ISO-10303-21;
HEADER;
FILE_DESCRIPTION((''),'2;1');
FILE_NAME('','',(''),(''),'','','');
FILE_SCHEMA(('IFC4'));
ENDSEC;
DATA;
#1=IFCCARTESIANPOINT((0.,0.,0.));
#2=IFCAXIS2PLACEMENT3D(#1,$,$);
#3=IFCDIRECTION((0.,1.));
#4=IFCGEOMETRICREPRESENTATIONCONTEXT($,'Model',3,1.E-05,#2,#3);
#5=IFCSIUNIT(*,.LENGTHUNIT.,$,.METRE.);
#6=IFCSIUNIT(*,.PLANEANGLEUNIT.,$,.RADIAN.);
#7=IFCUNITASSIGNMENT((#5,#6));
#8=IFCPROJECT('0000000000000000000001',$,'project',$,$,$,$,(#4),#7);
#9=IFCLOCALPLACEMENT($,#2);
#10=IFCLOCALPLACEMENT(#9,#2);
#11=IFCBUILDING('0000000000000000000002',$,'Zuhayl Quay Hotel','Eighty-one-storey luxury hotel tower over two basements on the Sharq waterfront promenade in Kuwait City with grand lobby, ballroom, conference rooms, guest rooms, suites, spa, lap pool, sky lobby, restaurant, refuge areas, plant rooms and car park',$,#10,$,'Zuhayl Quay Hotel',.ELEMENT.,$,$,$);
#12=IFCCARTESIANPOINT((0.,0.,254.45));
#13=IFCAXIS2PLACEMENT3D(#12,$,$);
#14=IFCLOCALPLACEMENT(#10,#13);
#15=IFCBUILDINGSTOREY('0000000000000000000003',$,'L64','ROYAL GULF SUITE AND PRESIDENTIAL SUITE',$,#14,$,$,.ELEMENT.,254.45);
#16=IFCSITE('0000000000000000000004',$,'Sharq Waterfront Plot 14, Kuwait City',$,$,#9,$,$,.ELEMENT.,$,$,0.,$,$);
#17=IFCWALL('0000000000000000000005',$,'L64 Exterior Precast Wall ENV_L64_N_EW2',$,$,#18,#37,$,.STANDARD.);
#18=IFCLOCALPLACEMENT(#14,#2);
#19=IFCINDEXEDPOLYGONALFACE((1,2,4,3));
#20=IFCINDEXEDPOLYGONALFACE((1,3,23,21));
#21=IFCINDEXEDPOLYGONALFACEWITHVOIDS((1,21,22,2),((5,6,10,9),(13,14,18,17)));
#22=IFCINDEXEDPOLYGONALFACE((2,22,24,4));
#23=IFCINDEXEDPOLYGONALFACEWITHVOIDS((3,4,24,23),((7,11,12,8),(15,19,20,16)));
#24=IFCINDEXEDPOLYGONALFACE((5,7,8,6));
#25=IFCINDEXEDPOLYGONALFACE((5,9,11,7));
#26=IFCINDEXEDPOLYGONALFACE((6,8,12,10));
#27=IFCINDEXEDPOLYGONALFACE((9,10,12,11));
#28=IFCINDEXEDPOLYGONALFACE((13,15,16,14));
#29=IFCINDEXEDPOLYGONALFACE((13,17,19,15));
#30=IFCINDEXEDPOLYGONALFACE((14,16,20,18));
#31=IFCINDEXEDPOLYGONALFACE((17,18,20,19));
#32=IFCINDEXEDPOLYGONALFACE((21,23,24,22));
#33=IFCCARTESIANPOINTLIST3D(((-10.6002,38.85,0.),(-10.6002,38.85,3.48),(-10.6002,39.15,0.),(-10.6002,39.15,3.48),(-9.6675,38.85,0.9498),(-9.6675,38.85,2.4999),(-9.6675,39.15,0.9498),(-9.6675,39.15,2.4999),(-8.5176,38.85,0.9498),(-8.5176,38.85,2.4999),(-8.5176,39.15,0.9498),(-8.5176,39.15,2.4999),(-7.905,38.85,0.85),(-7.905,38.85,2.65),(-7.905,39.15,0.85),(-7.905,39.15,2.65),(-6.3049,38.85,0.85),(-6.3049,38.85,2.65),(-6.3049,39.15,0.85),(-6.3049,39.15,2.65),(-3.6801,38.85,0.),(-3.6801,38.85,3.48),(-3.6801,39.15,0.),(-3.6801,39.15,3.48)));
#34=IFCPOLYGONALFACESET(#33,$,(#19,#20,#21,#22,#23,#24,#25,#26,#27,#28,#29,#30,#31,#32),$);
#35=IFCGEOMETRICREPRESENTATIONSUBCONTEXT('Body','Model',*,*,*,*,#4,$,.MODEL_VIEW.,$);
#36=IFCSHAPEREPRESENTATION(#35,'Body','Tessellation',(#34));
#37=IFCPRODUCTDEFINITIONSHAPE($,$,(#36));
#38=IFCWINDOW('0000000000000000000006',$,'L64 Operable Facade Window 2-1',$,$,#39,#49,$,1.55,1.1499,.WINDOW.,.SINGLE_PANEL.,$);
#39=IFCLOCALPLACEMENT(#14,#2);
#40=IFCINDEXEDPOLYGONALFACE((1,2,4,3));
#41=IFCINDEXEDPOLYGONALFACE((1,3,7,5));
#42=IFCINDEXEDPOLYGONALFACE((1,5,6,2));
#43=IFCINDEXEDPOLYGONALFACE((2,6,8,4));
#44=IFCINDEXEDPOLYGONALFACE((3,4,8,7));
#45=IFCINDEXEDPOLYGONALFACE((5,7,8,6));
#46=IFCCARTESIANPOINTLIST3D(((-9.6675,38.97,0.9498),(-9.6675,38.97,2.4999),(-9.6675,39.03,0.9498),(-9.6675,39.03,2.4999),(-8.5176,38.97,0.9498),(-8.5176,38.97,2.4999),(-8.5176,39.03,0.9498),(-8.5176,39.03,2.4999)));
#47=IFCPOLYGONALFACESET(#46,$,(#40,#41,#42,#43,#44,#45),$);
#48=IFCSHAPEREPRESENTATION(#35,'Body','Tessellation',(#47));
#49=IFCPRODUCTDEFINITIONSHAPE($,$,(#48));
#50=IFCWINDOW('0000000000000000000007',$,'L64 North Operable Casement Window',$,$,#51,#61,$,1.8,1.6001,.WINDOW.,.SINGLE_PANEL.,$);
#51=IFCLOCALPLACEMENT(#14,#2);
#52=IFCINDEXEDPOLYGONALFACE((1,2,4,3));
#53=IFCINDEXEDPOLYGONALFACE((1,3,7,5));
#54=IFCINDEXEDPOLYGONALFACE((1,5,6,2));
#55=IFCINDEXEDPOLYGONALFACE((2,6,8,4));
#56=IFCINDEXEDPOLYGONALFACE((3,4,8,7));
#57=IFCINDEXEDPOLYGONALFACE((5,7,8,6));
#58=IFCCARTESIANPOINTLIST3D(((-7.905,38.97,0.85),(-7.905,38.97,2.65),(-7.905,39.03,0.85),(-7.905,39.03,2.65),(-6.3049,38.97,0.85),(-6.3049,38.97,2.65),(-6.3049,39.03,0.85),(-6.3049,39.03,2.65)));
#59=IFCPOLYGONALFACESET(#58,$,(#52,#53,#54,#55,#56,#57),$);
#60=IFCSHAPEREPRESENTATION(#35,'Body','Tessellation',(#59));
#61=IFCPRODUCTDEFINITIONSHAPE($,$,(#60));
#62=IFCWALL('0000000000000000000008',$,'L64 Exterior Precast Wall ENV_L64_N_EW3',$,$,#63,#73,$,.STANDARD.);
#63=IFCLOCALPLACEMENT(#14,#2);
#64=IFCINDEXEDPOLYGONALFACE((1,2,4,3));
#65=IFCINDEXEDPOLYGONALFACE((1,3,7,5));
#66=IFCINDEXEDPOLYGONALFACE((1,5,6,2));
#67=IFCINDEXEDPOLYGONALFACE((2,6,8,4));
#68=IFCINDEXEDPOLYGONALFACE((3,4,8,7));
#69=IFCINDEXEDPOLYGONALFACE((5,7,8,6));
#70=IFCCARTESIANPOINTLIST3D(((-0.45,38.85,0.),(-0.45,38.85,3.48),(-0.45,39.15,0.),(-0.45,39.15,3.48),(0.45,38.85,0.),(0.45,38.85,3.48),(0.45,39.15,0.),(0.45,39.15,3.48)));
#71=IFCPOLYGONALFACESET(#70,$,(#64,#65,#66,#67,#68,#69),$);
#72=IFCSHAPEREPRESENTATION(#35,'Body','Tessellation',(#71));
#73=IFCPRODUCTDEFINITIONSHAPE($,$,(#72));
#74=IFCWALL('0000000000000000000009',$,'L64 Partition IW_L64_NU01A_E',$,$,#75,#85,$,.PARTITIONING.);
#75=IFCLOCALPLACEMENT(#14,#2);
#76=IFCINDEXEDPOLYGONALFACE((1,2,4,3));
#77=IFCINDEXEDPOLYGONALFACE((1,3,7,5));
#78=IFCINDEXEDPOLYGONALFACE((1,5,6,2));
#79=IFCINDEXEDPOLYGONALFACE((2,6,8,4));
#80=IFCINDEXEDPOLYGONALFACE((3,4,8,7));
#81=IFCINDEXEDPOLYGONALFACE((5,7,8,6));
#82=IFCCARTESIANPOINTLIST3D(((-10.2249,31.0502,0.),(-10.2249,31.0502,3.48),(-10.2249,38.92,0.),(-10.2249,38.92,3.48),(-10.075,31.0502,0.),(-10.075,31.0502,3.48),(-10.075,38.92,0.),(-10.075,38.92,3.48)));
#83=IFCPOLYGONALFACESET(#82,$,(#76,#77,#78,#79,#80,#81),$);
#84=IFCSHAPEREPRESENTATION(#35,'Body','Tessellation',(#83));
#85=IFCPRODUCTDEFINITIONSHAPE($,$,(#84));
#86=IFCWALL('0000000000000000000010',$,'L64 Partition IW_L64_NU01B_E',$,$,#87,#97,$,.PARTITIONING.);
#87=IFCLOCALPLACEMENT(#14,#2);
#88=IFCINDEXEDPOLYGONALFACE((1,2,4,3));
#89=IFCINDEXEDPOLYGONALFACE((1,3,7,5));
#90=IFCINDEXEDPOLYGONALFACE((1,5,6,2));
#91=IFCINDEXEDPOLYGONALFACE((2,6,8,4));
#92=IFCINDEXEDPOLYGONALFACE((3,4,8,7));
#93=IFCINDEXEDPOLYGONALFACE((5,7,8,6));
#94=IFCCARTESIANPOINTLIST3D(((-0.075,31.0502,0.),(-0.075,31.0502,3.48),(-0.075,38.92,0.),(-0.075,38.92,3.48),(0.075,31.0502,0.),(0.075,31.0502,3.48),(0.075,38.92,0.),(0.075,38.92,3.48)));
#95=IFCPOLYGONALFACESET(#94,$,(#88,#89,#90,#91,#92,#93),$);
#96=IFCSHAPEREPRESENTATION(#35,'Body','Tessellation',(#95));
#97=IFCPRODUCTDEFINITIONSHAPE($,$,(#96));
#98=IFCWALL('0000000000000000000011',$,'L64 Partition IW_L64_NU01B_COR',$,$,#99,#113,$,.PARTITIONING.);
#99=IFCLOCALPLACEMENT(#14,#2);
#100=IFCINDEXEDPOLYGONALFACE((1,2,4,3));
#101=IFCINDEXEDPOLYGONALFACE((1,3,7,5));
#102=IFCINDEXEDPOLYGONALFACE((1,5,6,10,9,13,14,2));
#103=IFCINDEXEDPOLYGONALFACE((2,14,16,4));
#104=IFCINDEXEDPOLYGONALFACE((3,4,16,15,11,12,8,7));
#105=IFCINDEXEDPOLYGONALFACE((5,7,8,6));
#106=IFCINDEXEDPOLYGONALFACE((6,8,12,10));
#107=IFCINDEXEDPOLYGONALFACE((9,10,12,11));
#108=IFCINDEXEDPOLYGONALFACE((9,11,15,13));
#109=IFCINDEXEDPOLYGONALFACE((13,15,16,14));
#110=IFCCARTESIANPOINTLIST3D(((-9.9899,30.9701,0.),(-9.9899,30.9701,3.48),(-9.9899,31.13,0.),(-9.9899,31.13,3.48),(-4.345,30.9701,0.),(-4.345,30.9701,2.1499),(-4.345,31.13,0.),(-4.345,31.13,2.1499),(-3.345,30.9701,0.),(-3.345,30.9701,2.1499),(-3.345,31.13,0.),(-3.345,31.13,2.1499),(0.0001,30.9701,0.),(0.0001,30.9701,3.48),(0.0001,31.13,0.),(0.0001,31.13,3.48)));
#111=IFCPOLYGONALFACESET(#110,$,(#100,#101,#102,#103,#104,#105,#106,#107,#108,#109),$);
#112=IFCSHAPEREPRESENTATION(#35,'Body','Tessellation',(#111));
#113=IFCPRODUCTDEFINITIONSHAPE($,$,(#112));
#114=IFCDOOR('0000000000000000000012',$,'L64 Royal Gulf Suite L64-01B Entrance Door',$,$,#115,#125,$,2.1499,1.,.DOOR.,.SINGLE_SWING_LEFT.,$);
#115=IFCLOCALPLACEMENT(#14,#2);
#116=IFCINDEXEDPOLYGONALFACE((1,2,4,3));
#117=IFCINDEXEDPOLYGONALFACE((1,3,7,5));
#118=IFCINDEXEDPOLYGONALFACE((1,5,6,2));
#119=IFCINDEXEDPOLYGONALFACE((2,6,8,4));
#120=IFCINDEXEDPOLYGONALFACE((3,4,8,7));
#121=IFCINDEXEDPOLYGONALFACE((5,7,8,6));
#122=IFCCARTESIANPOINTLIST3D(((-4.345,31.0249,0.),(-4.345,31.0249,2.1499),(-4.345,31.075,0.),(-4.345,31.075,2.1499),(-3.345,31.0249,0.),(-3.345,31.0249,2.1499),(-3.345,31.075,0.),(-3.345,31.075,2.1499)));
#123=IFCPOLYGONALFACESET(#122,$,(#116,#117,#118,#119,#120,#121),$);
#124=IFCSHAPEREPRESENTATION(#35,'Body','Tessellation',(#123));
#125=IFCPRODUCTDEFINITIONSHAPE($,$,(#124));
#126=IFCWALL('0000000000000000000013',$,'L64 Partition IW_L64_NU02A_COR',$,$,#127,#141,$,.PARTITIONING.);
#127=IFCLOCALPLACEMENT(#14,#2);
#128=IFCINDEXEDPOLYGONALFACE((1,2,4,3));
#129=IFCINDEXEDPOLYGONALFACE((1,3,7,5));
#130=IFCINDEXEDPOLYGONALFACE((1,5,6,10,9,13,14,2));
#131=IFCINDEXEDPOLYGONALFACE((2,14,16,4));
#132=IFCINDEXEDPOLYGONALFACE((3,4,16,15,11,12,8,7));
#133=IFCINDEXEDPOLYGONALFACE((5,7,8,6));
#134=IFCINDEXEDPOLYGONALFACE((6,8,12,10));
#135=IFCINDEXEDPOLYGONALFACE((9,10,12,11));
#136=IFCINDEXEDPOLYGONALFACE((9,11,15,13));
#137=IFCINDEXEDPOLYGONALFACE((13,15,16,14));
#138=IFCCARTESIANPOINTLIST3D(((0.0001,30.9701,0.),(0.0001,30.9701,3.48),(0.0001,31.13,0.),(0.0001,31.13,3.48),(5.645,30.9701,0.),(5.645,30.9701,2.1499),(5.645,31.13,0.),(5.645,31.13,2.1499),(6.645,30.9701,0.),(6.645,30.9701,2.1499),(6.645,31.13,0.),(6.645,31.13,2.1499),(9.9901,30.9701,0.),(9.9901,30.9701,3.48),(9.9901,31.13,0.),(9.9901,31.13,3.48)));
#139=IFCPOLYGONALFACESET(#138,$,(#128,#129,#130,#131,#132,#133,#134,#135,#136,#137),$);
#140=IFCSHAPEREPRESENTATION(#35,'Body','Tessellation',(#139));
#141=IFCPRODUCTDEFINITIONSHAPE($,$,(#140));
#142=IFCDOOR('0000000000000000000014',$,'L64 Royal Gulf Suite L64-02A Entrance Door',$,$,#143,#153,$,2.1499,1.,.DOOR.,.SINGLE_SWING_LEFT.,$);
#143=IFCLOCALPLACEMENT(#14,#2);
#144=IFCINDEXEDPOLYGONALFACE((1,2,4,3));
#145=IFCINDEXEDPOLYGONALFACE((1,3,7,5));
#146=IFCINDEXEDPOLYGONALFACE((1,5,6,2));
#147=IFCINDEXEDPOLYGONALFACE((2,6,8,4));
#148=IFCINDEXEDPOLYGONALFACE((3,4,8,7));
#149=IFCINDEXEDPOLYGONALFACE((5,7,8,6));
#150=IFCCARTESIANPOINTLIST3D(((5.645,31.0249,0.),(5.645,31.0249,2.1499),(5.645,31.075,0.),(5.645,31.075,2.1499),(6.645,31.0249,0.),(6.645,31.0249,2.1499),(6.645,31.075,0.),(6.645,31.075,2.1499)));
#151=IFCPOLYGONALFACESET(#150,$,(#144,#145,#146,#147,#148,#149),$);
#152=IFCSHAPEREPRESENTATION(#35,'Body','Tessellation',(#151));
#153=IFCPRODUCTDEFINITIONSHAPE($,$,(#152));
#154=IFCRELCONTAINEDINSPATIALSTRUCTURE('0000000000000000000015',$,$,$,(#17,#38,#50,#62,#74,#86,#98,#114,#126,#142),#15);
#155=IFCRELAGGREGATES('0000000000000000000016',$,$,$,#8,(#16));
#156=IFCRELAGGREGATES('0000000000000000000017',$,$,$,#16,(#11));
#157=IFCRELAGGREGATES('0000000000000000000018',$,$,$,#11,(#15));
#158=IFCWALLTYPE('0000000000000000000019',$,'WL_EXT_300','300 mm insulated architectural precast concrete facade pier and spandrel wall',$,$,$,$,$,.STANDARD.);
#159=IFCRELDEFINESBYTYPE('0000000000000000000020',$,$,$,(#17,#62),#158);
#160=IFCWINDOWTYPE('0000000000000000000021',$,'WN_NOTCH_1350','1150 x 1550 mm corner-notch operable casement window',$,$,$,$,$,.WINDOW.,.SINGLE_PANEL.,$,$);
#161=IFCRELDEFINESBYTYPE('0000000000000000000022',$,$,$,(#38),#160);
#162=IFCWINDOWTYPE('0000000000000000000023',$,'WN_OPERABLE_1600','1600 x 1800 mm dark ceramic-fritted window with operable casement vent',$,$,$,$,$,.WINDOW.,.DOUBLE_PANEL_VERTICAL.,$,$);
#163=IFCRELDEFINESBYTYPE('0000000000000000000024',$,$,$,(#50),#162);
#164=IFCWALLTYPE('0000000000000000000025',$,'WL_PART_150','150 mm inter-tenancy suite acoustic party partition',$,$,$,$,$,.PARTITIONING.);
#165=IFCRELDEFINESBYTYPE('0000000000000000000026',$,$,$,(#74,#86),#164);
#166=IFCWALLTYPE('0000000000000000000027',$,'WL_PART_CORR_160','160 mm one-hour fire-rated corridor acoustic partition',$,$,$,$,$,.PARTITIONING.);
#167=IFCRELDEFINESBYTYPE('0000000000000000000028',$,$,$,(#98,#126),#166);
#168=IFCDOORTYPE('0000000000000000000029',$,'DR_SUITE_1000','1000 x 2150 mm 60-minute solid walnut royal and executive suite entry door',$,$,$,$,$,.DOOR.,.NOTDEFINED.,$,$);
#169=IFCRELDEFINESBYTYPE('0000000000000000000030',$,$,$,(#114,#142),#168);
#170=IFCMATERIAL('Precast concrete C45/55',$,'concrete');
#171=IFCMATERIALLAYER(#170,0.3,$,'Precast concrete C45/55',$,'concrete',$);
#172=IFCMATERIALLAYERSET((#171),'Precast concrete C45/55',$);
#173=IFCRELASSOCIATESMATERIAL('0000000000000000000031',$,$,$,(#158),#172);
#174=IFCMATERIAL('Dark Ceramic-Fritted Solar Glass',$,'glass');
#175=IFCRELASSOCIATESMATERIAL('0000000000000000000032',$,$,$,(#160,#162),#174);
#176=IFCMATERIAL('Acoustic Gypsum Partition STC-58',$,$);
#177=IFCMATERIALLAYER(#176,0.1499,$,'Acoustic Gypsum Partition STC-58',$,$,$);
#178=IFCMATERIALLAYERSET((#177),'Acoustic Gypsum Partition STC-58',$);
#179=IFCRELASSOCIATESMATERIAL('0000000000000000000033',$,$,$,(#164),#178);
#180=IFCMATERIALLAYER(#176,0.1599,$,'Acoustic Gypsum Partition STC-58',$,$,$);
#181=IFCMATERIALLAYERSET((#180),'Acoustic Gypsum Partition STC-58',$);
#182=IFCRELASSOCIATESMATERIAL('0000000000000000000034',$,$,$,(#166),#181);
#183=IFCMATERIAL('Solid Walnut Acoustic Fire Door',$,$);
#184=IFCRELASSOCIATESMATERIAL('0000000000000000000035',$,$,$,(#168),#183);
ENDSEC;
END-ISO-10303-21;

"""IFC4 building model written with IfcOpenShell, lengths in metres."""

from ifc_helpers import new_model, si_unit, direction, frame, frame_2d, origin, place, context, subcontext, project, spatial, rectangle, extrude, material, layer, layer_set, type_object, element, fill, save


model = new_model("IFC4")

# Units and contexts
model_context = context("Model", 3, precision=1e-05, world=origin(), true_north=direction((0.0, 1.0)))
body_context = subcontext(model_context, "Body", "Model", "MODEL_VIEW")
ifc_project = project(units=[si_unit("LENGTHUNIT", "METRE"), si_unit("PLANEANGLEUNIT", "RADIAN")], contexts=[model_context])

# Site, building, storey
site_placement = place(None, origin())
site = spatial("IfcSite", under=ifc_project, at=site_placement, Name="Sharq Waterfront Plot 14, Kuwait City", CompositionType="ELEMENT", RefElevation=0.0)
building_placement = place(site_placement, origin())
building = spatial("IfcBuilding", under=site, at=building_placement, Name="Zuhayl Quay Hotel", Description="Eighty-one-storey luxury hotel tower over two basements on the Sharq waterfront promenade in Kuwait City with grand lobby, ballroom, conference rooms, guest rooms, suites, spa, lap pool, sky lobby, restaurant, refuge areas, plant rooms and car park", LongName="Zuhayl Quay Hotel", CompositionType="ELEMENT")
storey_placement = place(building_placement, frame((0.0, 0.0, 254.45)))
storey = spatial("IfcBuildingStorey", under=building, at=storey_placement, Name="L64", Description="ROYAL GULF SUITE AND PRESIDENTIAL SUITE", CompositionType="ELEMENT", Elevation=254.45)

# Shared definitions
ifc_material_1 = material(Name="Dark Ceramic-Fritted Solar Glass", Category="glass")

# Wall, openings, windows
ifc_material_2 = material(Name="Precast concrete C45/55", Category="concrete")
ifc_layer_1 = layer(ifc_material_2, 0.3, Name="Precast concrete C45/55", Category="concrete")
ifc_layer_set_1 = layer_set([ifc_layer_1], Name="Precast concrete C45/55")
wall_type_1 = type_object("IfcWallType", Name="WL_EXT_300", Description="300 mm insulated architectural precast concrete facade pier and spandrel wall", PredefinedType="STANDARD", material=ifc_layer_set_1)
wall_1_placement = place(storey_placement, frame((-10.6001, 39.0, 0.0), z_axis=(0.0, 0.0, 1.0), x_axis=(1.0, 0.0, 0.0)))
wall_1 = element("IfcWall", 1, at=wall_1_placement, inside=storey, type_object=wall_type_1, Name="L64 Exterior Precast Wall ENV_L64_N_EW2", PredefinedType="STANDARD", context=body_context, shape_type="SweptSolid", body=[
    extrude(rectangle(XDim=6.9202, YDim=0.3, at=frame_2d((3.46, 0.0))), origin(), (0.0, 0.0, 1.0), 3.48),
])
opening_1_placement = place(wall_1_placement, frame((2.6951, 0.0, 0.8501)))
opening_1 = element("IfcOpeningElement", 2, at=opening_1_placement, cuts=wall_1, PredefinedType="OPENING", context=body_context, shape_type="SweptSolid", body=[
    extrude(rectangle(XDim=1.6001, YDim=1.8, at=frame_2d((0.8, 0.8999))), frame((0.0, 0.1599, 0.0), z_axis=(0.0, -1.0, 0.0), x_axis=(1.0, 0.0, 0.0)), (0.0, 0.0, 1.0), 0.3201),
])
opening_2_placement = place(wall_1_placement, frame((0.9326, 0.0, 0.95)))
opening_2 = element("IfcOpeningElement", 3, at=opening_2_placement, cuts=wall_1, PredefinedType="OPENING", context=body_context, shape_type="SweptSolid", body=[
    extrude(rectangle(XDim=1.1499, YDim=1.55, at=frame_2d((0.575, 0.7749))), frame((0.0, 0.1599, 0.0), z_axis=(0.0, -1.0, 0.0), x_axis=(1.0, 0.0, 0.0)), (0.0, 0.0, 1.0), 0.3201),
])
window_type_1 = type_object("IfcWindowType", Name="WN_NOTCH_1350", Description="1150 x 1550 mm corner-notch operable casement window", PartitioningType="SINGLE_PANEL", PredefinedType="WINDOW", material=ifc_material_1)
window_1_placement = place(opening_2_placement, origin())
window_1 = element("IfcWindow", 4, at=window_1_placement, inside=storey, type_object=window_type_1, Name="L64 Operable Facade Window 2-1", OverallHeight=1.55, OverallWidth=1.1499, PartitioningType="SINGLE_PANEL", PredefinedType="WINDOW", context=body_context, shape_type="SweptSolid", body=[
    extrude(rectangle(XDim=1.1499, YDim=1.55, at=frame_2d((0.575, 0.7749))), frame((0.0, 0.03, 0.0), z_axis=(0.0, -1.0, 0.0), x_axis=(1.0, 0.0, 0.0)), (0.0, 0.0, 1.0), 0.0601),
])
fill(opening_2, window_1)
window_type_2 = type_object("IfcWindowType", Name="WN_OPERABLE_1600", Description="1600 x 1800 mm dark ceramic-fritted window with operable casement vent", PartitioningType="DOUBLE_PANEL_VERTICAL", PredefinedType="WINDOW", material=ifc_material_1)
window_2_placement = place(opening_1_placement, origin())
window_2 = element("IfcWindow", 5, at=window_2_placement, inside=storey, type_object=window_type_2, Name="L64 North Operable Casement Window", OverallHeight=1.8, OverallWidth=1.6001, PartitioningType="SINGLE_PANEL", PredefinedType="WINDOW", context=body_context, shape_type="SweptSolid", body=[
    extrude(rectangle(XDim=1.6001, YDim=1.8, at=frame_2d((0.8, 0.8999))), frame((0.0, 0.03, 0.0), z_axis=(0.0, -1.0, 0.0), x_axis=(1.0, 0.0, 0.0)), (0.0, 0.0, 1.0), 0.0601),
])
fill(opening_1, window_2)

# Walls
wall_2_placement = place(storey_placement, frame((-0.45, 39.0, 0.0), z_axis=(0.0, 0.0, 1.0), x_axis=(1.0, 0.0, 0.0)))
element("IfcWall", 6, at=wall_2_placement, inside=storey, type_object=wall_type_1, Name="L64 Exterior Precast Wall ENV_L64_N_EW3", PredefinedType="STANDARD", context=body_context, shape_type="SweptSolid", body=[
    extrude(rectangle(XDim=0.8999, YDim=0.3, at=frame_2d((0.45, 0.0))), origin(), (0.0, 0.0, 1.0), 3.48),
])
ifc_material_3 = material(Name="Acoustic Gypsum Partition STC-58")
ifc_layer_2 = layer(ifc_material_3, 0.1499, Name="Acoustic Gypsum Partition STC-58")
ifc_layer_set_2 = layer_set([ifc_layer_2], Name="Acoustic Gypsum Partition STC-58")
wall_type_2 = type_object("IfcWallType", Name="WL_PART_150", Description="150 mm inter-tenancy suite acoustic party partition", PredefinedType="PARTITIONING", material=ifc_layer_set_2)
for number, where, z_axis, x_axis, name in (
    (7, (-10.1499, 31.05, 0.0), (0.0, 0.0, 1.0), (0.0, 1.0, 0.0), "L64 Partition IW_L64_NU01A_E"),
    (8, (0.0, 31.05, 0.0), (0.0, 0.0, 1.0), (0.0, 1.0, 0.0), "L64 Partition IW_L64_NU01B_E"),
):
    element("IfcWall", number, at=place(storey_placement, frame(where, z_axis=z_axis, x_axis=x_axis)), inside=storey, type_object=wall_type_2, Name=name, PredefinedType="PARTITIONING", context=body_context, shape_type="SweptSolid", body=[
        extrude(rectangle(XDim=7.8699, YDim=0.1499, at=frame_2d((3.9351, 0.0))), origin(), (0.0, 0.0, 1.0), 3.48),
    ])

# Walls, openings, doors
ifc_layer_3 = layer(ifc_material_3, 0.1599, Name="Acoustic Gypsum Partition STC-58")
ifc_layer_set_3 = layer_set([ifc_layer_3], Name="Acoustic Gypsum Partition STC-58")
wall_type_3 = type_object("IfcWallType", Name="WL_PART_CORR_160", Description="160 mm one-hour fire-rated corridor acoustic partition", PredefinedType="PARTITIONING", material=ifc_layer_set_3)
wall_3_placement = place(storey_placement, frame((-9.99, 31.05, 0.0), z_axis=(0.0, 0.0, 1.0), x_axis=(1.0, 0.0, 0.0)))
wall_3 = element("IfcWall", 9, at=wall_3_placement, inside=storey, type_object=wall_type_3, Name="L64 Partition IW_L64_NU01B_COR", PredefinedType="PARTITIONING", context=body_context, shape_type="SweptSolid", body=[
    extrude(rectangle(XDim=9.99, YDim=0.1599, at=frame_2d((4.9951, 0.0))), origin(), (0.0, 0.0, 1.0), 3.48),
])
opening_3_placement = place(wall_3_placement, frame((5.645, 0.0, 0.0)))
opening_3 = element("IfcOpeningElement", 10, at=opening_3_placement, cuts=wall_3, PredefinedType="OPENING", context=body_context, shape_type="SweptSolid", body=[
    extrude(rectangle(XDim=1.0, YDim=2.1499, at=frame_2d((0.5, 1.075))), frame((0.0, 0.0898, 0.0), z_axis=(0.0, -1.0, 0.0), x_axis=(1.0, 0.0, 0.0)), (0.0, 0.0, 1.0), 0.1799),
])
ifc_material_4 = material(Name="Solid Walnut Acoustic Fire Door")
door_type_1 = type_object("IfcDoorType", Name="DR_SUITE_1000", Description="1000 x 2150 mm 60-minute solid walnut royal and executive suite entry door", OperationType="NOTDEFINED", PredefinedType="DOOR", material=ifc_material_4)
door_1_placement = place(opening_3_placement, origin())
door_1 = element("IfcDoor", 11, at=door_1_placement, inside=storey, type_object=door_type_1, Name="L64 Royal Gulf Suite L64-01B Entrance Door", OperationType="SINGLE_SWING_LEFT", OverallHeight=2.1499, OverallWidth=1.0, PredefinedType="DOOR", context=body_context, shape_type="SweptSolid", body=[
    extrude(rectangle(XDim=1.0, YDim=2.1499, at=frame_2d((0.5, 1.075))), frame((0.0, 0.0249, 0.0), z_axis=(0.0, -1.0, 0.0), x_axis=(1.0, 0.0, 0.0)), (0.0, 0.0, 1.0), 0.05),
])
fill(opening_3, door_1)
wall_4_placement = place(storey_placement, frame((0.0, 31.05, 0.0), z_axis=(0.0, 0.0, 1.0), x_axis=(1.0, 0.0, 0.0)))
wall_4 = element("IfcWall", 12, at=wall_4_placement, inside=storey, type_object=wall_type_3, Name="L64 Partition IW_L64_NU02A_COR", PredefinedType="PARTITIONING", context=body_context, shape_type="SweptSolid", body=[
    extrude(rectangle(XDim=9.99, YDim=0.1599, at=frame_2d((4.9951, 0.0))), origin(), (0.0, 0.0, 1.0), 3.48),
])
opening_4_placement = place(wall_4_placement, frame((5.645, 0.0, 0.0)))
opening_4 = element("IfcOpeningElement", 13, at=opening_4_placement, cuts=wall_4, PredefinedType="OPENING", context=body_context, shape_type="SweptSolid", body=[
    extrude(rectangle(XDim=1.0, YDim=2.1499, at=frame_2d((0.5, 1.075))), frame((0.0, 0.0898, 0.0), z_axis=(0.0, -1.0, 0.0), x_axis=(1.0, 0.0, 0.0)), (0.0, 0.0, 1.0), 0.1799),
])
door_2_placement = place(opening_4_placement, origin())
door_2 = element("IfcDoor", 14, at=door_2_placement, inside=storey, type_object=door_type_1, Name="L64 Royal Gulf Suite L64-02A Entrance Door", OperationType="SINGLE_SWING_LEFT", OverallHeight=2.1499, OverallWidth=1.0, PredefinedType="DOOR", context=body_context, shape_type="SweptSolid", body=[
    extrude(rectangle(XDim=1.0, YDim=2.1499, at=frame_2d((0.5, 1.075))), frame((0.0, 0.0249, 0.0), z_axis=(0.0, -1.0, 0.0), x_axis=(1.0, 0.0, 0.0)), (0.0, 0.0, 1.0), 0.05),
])
fill(opening_4, door_2)

save(model, "model.ifc")
